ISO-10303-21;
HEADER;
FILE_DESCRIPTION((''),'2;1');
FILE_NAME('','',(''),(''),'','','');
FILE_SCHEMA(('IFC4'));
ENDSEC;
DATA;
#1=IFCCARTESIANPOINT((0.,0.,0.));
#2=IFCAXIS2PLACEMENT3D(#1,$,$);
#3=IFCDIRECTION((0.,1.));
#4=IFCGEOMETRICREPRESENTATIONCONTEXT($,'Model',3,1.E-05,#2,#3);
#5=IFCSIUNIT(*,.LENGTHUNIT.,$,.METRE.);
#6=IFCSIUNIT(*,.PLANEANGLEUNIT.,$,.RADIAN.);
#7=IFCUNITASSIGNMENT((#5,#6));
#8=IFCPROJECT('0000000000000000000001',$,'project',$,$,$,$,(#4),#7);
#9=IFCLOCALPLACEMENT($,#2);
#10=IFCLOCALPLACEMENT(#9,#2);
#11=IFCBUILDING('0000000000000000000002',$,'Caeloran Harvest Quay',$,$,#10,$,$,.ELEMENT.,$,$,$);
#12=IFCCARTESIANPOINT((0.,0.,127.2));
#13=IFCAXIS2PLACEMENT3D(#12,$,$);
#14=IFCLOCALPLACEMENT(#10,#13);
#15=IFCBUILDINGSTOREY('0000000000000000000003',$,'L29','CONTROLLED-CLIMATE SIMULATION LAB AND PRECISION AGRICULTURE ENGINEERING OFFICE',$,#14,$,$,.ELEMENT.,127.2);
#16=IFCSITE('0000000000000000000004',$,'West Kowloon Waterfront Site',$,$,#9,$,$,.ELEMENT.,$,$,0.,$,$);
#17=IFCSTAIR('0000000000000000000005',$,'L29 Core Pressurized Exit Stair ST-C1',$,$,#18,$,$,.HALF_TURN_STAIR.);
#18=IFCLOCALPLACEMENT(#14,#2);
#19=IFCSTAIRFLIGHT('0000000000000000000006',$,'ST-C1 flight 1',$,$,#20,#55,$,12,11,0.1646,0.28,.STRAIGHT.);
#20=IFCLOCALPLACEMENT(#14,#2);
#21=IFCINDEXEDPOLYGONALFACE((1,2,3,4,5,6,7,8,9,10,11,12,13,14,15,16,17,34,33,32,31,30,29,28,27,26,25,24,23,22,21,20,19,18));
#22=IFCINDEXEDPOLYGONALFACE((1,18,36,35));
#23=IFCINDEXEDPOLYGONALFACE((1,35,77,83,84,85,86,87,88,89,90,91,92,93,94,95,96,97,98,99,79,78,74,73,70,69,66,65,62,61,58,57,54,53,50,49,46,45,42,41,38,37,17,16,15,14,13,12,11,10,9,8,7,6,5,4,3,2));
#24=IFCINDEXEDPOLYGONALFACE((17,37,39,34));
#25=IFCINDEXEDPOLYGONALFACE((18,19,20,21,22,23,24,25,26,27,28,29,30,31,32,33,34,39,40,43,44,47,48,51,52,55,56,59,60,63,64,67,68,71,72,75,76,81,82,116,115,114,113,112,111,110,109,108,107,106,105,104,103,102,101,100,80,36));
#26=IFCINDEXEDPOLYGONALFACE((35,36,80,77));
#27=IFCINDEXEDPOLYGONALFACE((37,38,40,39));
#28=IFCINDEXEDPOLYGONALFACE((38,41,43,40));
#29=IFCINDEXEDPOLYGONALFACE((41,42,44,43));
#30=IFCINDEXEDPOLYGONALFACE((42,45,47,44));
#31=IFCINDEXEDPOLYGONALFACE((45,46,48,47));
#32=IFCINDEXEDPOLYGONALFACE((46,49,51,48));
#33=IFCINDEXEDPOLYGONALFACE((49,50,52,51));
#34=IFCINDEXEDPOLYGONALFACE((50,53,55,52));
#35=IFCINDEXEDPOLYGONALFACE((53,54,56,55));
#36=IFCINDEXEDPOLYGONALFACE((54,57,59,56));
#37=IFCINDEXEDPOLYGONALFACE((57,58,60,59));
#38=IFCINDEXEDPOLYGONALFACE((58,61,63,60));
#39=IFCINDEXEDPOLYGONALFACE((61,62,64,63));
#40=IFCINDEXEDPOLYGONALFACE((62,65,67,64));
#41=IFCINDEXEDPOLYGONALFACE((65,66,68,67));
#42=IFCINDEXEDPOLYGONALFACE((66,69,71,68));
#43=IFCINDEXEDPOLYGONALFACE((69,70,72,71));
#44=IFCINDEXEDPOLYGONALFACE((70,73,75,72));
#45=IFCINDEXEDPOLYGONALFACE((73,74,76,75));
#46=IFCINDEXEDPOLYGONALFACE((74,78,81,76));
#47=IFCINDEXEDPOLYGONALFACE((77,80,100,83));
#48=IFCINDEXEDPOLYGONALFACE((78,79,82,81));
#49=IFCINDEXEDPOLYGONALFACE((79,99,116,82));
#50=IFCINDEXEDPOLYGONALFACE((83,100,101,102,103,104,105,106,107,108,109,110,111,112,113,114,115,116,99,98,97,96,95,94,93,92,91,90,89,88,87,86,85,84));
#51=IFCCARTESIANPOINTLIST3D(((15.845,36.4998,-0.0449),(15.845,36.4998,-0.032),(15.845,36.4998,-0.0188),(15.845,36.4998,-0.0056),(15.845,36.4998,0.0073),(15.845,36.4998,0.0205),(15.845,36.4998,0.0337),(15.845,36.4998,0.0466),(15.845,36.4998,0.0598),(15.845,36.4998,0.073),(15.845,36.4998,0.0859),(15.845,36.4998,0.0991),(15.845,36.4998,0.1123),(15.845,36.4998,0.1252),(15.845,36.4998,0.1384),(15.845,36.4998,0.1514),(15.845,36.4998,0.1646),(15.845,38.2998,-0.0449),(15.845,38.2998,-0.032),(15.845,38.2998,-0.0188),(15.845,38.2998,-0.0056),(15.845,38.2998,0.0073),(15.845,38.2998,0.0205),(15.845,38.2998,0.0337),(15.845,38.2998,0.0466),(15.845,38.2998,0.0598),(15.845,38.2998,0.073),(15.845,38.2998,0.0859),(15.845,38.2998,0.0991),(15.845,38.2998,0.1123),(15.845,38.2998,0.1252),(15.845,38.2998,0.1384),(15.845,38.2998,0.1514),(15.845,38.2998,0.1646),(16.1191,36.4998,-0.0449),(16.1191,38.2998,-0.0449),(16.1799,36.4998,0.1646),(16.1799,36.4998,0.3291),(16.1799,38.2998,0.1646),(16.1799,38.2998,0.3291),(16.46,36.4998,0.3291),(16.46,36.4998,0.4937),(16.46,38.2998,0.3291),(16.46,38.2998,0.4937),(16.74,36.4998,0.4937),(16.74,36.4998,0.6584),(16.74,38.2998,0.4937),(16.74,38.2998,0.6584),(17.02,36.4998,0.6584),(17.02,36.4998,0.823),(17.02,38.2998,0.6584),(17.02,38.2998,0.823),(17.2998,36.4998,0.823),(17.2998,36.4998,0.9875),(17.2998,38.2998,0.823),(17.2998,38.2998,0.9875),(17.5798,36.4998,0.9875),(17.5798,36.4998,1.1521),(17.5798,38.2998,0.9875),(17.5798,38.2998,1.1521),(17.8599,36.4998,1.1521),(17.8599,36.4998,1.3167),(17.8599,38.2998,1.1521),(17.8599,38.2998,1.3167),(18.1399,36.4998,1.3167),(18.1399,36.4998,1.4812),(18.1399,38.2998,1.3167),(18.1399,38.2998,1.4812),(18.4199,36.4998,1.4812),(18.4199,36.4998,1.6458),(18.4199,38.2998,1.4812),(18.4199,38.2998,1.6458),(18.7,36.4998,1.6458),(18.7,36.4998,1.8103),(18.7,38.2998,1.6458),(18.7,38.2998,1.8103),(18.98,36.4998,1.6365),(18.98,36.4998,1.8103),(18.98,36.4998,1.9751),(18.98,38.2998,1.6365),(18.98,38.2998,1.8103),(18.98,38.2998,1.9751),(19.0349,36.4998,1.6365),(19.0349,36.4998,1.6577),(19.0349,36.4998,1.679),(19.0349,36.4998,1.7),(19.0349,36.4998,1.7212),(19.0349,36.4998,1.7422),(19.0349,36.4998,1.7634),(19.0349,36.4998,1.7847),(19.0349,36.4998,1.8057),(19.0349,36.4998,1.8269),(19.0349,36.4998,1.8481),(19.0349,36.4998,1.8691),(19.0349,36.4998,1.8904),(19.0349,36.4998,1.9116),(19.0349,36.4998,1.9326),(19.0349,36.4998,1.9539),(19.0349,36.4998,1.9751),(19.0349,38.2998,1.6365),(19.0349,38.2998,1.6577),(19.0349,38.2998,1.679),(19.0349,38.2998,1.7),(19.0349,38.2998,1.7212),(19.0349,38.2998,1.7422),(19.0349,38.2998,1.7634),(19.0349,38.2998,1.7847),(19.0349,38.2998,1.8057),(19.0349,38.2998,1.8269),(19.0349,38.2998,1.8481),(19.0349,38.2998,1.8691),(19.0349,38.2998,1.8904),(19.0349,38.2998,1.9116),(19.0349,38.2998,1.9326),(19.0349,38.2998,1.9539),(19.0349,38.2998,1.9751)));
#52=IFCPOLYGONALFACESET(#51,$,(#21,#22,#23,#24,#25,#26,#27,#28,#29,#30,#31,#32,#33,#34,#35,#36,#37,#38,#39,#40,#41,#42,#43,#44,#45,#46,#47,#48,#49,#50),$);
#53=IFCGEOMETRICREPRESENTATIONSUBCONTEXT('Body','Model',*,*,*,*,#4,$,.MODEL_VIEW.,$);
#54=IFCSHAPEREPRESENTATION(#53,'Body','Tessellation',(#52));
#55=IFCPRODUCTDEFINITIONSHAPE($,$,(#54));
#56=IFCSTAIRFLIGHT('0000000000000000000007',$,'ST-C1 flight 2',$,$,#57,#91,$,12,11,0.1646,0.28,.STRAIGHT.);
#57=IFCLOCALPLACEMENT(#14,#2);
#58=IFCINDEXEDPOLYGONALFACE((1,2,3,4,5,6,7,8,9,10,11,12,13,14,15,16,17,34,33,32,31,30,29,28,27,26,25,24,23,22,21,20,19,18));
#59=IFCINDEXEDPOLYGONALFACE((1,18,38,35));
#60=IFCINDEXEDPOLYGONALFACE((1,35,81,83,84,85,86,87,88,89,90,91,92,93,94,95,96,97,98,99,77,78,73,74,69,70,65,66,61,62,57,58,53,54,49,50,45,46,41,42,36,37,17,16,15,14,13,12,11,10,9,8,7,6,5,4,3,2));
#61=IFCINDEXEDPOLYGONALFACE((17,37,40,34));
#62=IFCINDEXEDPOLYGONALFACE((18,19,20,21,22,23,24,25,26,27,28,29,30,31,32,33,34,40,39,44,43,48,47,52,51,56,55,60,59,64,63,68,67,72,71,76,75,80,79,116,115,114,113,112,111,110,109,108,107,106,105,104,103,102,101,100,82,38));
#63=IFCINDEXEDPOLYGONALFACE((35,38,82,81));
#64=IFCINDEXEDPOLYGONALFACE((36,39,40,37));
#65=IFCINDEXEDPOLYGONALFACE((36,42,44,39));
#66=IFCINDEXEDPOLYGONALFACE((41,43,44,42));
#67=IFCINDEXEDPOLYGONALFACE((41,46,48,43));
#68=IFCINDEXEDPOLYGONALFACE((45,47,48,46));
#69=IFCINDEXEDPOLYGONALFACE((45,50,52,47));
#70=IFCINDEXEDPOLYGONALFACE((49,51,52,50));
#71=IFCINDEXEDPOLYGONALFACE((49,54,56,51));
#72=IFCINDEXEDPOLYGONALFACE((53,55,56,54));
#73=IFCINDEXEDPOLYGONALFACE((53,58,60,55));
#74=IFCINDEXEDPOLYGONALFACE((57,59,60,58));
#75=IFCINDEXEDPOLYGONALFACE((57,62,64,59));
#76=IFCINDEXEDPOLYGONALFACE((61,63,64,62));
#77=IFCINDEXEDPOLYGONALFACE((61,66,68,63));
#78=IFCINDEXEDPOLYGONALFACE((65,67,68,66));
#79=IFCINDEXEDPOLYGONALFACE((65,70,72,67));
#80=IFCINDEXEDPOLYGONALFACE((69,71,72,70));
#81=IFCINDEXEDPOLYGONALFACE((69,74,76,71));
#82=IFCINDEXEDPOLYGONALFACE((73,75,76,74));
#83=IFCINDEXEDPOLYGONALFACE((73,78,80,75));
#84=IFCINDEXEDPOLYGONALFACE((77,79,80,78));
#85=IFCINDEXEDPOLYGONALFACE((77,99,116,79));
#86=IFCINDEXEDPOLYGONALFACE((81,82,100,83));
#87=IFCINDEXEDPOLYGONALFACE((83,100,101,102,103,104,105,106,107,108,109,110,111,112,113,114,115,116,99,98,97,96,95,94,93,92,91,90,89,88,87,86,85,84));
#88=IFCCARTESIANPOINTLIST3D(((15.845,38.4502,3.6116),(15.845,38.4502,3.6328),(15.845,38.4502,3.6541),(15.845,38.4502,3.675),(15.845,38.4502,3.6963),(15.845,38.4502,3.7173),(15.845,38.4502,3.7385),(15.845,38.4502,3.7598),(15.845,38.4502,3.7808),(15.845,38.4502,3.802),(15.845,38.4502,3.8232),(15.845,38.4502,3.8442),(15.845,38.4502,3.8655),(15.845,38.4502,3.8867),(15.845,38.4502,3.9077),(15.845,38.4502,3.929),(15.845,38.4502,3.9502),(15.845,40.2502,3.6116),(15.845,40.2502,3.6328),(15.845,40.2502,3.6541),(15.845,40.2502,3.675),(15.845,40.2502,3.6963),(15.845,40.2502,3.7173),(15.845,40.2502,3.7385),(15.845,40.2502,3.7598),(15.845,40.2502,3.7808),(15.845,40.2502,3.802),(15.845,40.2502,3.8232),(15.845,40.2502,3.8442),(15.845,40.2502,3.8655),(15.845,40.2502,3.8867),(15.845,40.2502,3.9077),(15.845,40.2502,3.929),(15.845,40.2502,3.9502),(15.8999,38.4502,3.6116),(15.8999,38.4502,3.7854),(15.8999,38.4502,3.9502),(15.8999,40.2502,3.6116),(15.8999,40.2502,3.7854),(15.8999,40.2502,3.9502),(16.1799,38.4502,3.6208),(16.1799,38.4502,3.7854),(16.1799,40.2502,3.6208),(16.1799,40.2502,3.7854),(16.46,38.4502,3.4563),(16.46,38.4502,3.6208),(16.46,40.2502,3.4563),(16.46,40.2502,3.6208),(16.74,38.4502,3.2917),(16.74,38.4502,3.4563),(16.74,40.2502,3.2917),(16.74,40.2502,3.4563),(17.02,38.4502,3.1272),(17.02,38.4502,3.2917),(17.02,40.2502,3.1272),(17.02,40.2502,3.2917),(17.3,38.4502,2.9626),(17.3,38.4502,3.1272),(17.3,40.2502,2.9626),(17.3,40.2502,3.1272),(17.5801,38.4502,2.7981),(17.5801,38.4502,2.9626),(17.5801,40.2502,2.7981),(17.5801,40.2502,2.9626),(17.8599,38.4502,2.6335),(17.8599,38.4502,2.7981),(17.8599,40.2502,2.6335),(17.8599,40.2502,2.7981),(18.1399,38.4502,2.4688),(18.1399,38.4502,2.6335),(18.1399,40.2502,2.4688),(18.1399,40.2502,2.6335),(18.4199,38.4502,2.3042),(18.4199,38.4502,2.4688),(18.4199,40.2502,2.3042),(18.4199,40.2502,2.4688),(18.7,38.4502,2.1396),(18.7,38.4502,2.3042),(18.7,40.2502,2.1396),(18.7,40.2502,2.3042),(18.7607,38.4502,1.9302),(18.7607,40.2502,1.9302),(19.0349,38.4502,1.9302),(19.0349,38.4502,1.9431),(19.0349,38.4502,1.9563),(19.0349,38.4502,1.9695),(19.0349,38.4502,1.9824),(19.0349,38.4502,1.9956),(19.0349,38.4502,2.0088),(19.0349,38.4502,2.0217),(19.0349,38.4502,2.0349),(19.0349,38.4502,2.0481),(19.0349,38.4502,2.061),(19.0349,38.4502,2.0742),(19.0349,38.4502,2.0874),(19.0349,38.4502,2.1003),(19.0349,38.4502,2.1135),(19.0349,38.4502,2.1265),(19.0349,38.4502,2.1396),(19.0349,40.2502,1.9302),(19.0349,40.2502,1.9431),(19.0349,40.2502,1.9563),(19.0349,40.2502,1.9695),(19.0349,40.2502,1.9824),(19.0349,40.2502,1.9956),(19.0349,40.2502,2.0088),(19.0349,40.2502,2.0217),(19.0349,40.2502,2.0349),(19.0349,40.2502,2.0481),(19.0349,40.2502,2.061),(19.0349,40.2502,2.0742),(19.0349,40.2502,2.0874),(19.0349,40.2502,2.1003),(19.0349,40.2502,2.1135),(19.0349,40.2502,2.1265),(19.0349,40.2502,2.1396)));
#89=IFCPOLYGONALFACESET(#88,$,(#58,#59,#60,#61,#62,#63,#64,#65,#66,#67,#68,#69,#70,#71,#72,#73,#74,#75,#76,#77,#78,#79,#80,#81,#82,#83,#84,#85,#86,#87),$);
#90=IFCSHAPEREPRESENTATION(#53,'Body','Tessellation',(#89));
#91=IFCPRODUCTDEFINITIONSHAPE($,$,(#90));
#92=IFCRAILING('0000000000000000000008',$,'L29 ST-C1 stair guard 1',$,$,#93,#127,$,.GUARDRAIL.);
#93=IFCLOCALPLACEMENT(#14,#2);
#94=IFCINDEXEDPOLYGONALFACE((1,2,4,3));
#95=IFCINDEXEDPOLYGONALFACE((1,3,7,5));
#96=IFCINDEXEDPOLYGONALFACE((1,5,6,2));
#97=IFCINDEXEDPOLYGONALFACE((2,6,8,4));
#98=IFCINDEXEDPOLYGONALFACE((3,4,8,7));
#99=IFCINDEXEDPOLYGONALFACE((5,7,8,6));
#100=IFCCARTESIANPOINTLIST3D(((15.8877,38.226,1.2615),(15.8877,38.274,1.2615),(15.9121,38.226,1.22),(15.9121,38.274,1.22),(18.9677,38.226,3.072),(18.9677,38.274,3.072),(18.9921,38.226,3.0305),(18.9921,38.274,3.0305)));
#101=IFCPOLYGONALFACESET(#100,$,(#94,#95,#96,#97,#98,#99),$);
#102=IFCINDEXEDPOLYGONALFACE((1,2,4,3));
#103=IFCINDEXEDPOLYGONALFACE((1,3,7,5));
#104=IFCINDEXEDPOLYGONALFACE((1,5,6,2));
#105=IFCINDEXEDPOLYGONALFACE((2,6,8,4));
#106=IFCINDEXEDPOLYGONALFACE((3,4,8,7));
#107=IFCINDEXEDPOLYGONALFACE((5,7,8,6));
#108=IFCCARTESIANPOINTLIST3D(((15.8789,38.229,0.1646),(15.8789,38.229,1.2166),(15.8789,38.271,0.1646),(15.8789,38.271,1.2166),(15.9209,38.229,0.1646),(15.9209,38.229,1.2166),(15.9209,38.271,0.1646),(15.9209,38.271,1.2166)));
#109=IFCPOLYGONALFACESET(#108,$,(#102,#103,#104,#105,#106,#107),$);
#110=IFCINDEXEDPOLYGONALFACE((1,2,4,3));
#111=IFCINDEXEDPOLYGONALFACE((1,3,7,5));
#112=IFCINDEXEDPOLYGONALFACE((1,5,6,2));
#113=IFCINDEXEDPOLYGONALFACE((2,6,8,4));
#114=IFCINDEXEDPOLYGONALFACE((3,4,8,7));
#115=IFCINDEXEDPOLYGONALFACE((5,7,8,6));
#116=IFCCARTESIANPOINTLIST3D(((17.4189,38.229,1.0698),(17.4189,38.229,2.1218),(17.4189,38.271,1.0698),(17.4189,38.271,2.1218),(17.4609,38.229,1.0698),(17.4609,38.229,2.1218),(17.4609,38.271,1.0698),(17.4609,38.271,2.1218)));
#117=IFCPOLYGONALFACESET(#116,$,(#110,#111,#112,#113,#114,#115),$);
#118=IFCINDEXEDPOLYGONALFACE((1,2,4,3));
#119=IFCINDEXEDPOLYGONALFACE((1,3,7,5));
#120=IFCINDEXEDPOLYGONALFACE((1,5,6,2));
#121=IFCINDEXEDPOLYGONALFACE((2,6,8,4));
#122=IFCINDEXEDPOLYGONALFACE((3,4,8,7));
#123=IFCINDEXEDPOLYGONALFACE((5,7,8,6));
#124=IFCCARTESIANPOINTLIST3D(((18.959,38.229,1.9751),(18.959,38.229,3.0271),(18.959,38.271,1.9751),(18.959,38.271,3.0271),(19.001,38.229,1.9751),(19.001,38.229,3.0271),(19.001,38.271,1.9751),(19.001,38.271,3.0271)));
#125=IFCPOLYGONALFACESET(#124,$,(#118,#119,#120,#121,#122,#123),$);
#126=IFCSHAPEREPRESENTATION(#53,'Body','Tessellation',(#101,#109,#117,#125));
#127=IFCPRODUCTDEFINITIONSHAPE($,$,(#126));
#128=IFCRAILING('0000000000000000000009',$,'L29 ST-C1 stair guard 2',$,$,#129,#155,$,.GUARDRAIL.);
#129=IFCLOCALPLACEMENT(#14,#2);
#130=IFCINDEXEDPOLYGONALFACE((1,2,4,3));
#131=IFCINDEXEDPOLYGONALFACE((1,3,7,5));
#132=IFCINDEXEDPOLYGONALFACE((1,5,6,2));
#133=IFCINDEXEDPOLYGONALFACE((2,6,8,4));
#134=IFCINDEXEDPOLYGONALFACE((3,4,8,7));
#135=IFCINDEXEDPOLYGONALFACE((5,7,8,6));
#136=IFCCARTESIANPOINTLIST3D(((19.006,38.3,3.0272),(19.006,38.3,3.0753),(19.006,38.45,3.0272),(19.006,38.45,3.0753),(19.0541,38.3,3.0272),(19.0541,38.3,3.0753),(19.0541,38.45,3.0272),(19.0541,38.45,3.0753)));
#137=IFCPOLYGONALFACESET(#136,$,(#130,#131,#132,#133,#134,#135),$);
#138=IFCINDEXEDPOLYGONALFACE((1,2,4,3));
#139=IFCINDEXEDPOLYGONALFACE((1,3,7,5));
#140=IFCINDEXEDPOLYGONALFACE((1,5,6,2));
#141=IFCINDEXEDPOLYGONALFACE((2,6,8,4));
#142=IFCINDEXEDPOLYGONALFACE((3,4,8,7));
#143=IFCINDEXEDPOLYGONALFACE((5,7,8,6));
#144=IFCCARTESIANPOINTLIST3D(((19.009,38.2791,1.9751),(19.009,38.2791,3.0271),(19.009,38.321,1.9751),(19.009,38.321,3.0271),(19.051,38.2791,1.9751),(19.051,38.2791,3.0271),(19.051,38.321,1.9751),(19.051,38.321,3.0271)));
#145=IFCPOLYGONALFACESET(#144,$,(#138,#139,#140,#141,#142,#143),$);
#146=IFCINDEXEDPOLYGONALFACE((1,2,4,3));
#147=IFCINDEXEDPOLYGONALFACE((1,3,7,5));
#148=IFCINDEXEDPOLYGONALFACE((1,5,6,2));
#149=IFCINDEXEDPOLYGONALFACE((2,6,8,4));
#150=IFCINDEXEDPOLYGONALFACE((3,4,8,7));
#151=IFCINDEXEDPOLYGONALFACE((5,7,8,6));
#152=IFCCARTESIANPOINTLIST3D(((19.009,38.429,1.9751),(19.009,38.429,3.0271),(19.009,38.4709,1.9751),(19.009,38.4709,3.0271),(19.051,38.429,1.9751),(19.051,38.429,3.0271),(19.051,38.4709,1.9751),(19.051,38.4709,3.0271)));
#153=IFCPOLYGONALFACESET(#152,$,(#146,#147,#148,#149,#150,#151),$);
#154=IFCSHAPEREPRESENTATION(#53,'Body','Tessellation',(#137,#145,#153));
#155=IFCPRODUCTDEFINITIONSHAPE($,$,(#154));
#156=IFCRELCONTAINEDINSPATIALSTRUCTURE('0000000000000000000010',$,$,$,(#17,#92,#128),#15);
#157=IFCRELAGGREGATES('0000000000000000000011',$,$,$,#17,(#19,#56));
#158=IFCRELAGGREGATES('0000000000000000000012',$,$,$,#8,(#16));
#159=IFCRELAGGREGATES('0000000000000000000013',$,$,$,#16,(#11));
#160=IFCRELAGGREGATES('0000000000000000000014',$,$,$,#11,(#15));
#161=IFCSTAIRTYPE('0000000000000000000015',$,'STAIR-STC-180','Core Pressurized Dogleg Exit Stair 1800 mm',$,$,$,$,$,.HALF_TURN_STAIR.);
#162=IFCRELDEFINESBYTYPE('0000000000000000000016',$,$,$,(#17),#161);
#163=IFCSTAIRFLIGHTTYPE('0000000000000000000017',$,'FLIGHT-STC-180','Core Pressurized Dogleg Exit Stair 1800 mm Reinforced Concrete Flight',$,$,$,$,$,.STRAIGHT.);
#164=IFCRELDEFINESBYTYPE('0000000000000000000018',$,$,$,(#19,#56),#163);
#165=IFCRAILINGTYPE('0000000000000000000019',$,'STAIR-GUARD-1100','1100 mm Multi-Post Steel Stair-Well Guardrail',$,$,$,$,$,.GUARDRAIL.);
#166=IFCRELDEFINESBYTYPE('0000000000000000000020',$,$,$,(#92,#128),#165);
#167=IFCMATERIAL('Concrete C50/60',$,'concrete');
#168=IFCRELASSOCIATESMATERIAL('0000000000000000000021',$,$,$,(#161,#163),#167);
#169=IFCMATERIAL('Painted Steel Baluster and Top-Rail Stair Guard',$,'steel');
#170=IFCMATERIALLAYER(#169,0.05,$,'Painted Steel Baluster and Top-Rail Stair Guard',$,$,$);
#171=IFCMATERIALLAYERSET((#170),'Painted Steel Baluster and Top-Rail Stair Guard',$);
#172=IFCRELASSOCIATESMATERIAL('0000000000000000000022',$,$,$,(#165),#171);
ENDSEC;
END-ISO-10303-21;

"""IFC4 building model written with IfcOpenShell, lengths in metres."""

from ifc_helpers import new_model, si_unit, direction, frame, origin, origin_2d, place, context, subcontext, project, spatial, polyline, rectangle, outline, extrude, material, layer, layer_set, type_object, element, aggregate, save


model = new_model("IFC4")

# Units and contexts
model_context = context("Model", 3, precision=1e-05, world=origin(), true_north=direction((0.0, 1.0)))
body_context = subcontext(model_context, "Body", "Model", "MODEL_VIEW")
ifc_project = project(units=[si_unit("LENGTHUNIT", "METRE"), si_unit("PLANEANGLEUNIT", "RADIAN")], contexts=[model_context])

# Site, building, storey
site_placement = place(None, origin())
site = spatial("IfcSite", under=ifc_project, at=site_placement, Name="West Kowloon Waterfront Site", CompositionType="ELEMENT", RefElevation=0.0)
building_placement = place(site_placement, origin())
building = spatial("IfcBuilding", under=site, at=building_placement, Name="Caeloran Harvest Quay", CompositionType="ELEMENT")
storey_placement = place(building_placement, frame((0.0, 0.0, 127.2)))
storey = spatial("IfcBuildingStorey", under=building, at=storey_placement, Name="L29", Description="CONTROLLED-CLIMATE SIMULATION LAB AND PRECISION AGRICULTURE ENGINEERING OFFICE", CompositionType="ELEMENT", Elevation=127.2)

# Stair, stair flights
ifc_material_1 = material(Name="Concrete C50/60", Category="concrete")
stair_type = type_object("IfcStairType", Name="STAIR-STC-180", Description="Core Pressurized Dogleg Exit Stair 1800 mm", PredefinedType="HALF_TURN_STAIR", material=ifc_material_1)
stair_placement = place(storey_placement, origin())
stair = element("IfcStair", 1, at=stair_placement, inside=storey, type_object=stair_type, Name="L29 Core Pressurized Exit Stair ST-C1", PredefinedType="HALF_TURN_STAIR")
stair_flight_type = type_object("IfcStairFlightType", Name="FLIGHT-STC-180", Description="Core Pressurized Dogleg Exit Stair 1800 mm Reinforced Concrete Flight", PredefinedType="STRAIGHT", material=ifc_material_1)
stair_flight_1_placement = place(storey_placement, frame((15.8999, 37.3999, 0.0), z_axis=(0.0, 0.0, 1.0), x_axis=(1.0, 0.0, 0.0)))
stair_flight_1 = element("IfcStairFlight", 2, at=stair_flight_1_placement, type_object=stair_flight_type, Name="ST-C1 flight 1", NumberOfRisers=12, NumberOfTreads=11, PredefinedType="STRAIGHT", RiserHeight=0.1646, TreadLength=0.28, context=body_context, shape_type="SweptSolid", body=[
    extrude(outline(polyline([(-0.0549, -0.0449), (-0.0549, -0.032), (-0.0549, -0.0188), (-0.0549, -0.0056), (-0.0549, 0.0073), (-0.0549, 0.0205), (-0.0549, 0.0337), (-0.0549, 0.0466), (-0.0549, 0.0598), (-0.0549, 0.073), (-0.0549, 0.0859), (-0.0549, 0.0991), (-0.0549, 0.1123), (-0.0549, 0.1252), (-0.0549, 0.1384), (-0.0549, 0.1514), (-0.0549, 0.1646), (0.28, 0.1646), (0.28, 0.3291), (0.5601, 0.3291), (0.5601, 0.4937), (0.8401, 0.4937), (0.8401, 0.6584), (1.1201, 0.6584), (1.1201, 0.823), (1.3999, 0.823), (1.3999, 0.9875), (1.6799, 0.9875), (1.6799, 1.1521), (1.96, 1.1521), (1.96, 1.3167), (2.24, 1.3167), (2.24, 1.4812), (2.52, 1.4812), (2.52, 1.6458), (2.8, 1.6458), (2.8, 1.8103), (3.0801, 1.8103), (3.0801, 1.9751), (3.135, 1.9751), (3.135, 1.9539), (3.135, 1.9326), (3.135, 1.9116), (3.135, 1.8904), (3.135, 1.8691), (3.135, 1.8481), (3.135, 1.8269), (3.135, 1.8057), (3.135, 1.7847), (3.135, 1.7634), (3.135, 1.7422), (3.135, 1.7212), (3.135, 1.7), (3.135, 1.679), (3.135, 1.6577), (3.135, 1.6365), (3.0801, 1.6365), (0.2192, -0.0449), (-0.0549, -0.0449)])), frame((0.0, 0.8999, 0.0), z_axis=(0.0, -1.0, 0.0), x_axis=(1.0, 0.0, 0.0)), (0.0, 0.0, 1.0), 1.8),
])
stair_flight_2_placement = place(storey_placement, frame((18.98, 39.3501, 1.9751), z_axis=(0.0, 0.0, 1.0), x_axis=(-1.0, 0.0, 0.0)))
stair_flight_2 = element("IfcStairFlight", 3, at=stair_flight_2_placement, type_object=stair_flight_type, Name="ST-C1 flight 2", NumberOfRisers=12, NumberOfTreads=11, PredefinedType="STRAIGHT", RiserHeight=0.1646, TreadLength=0.28, context=body_context, shape_type="SweptSolid", body=[
    extrude(outline(polyline([(-0.0549, -0.0449), (-0.0549, -0.032), (-0.0549, -0.0188), (-0.0549, -0.0056), (-0.0549, 0.0073), (-0.0549, 0.0205), (-0.0549, 0.0337), (-0.0549, 0.0466), (-0.0549, 0.0598), (-0.0549, 0.073), (-0.0549, 0.0859), (-0.0549, 0.0991), (-0.0549, 0.1123), (-0.0549, 0.1252), (-0.0549, 0.1384), (-0.0549, 0.1514), (-0.0549, 0.1646), (0.28, 0.1646), (0.28, 0.3291), (0.5601, 0.3291), (0.5601, 0.4937), (0.8401, 0.4937), (0.8401, 0.6584), (1.1201, 0.6584), (1.1201, 0.823), (1.3999, 0.823), (1.3999, 0.9875), (1.6799, 0.9875), (1.6799, 1.1521), (1.96, 1.1521), (1.96, 1.3167), (2.24, 1.3167), (2.24, 1.4812), (2.52, 1.4812), (2.52, 1.6458), (2.8, 1.6458), (2.8, 1.8103), (3.0801, 1.8103), (3.0801, 1.9751), (3.135, 1.9751), (3.135, 1.9539), (3.135, 1.9326), (3.135, 1.9116), (3.135, 1.8904), (3.135, 1.8691), (3.135, 1.8481), (3.135, 1.8269), (3.135, 1.8057), (3.135, 1.7847), (3.135, 1.7634), (3.135, 1.7422), (3.135, 1.7212), (3.135, 1.7), (3.135, 1.679), (3.135, 1.6577), (3.135, 1.6365), (3.0801, 1.6365), (0.2192, -0.0449), (-0.0549, -0.0449)])), frame((0.0, 0.8999, 0.0), z_axis=(0.0, -1.0, 0.0), x_axis=(1.0, 0.0, 0.0)), (0.0, 0.0, 1.0), 1.8),
])
aggregate(stair, [stair_flight_1, stair_flight_2])

# Railings
ifc_material_2 = material(Name="Painted Steel Baluster and Top-Rail Stair Guard", Category="steel")
ifc_layer_1 = layer(ifc_material_2, 0.05, Name="Painted Steel Baluster and Top-Rail Stair Guard")
ifc_layer_set_1 = layer_set([ifc_layer_1], Name="Painted Steel Baluster and Top-Rail Stair Guard")
railing_type_1 = type_object("IfcRailingType", Name="STAIR-GUARD-1100", Description="1100 mm Multi-Post Steel Stair-Well Guardrail", PredefinedType="GUARDRAIL", material=ifc_layer_set_1)
railing_1_placement = place(storey_placement, frame((15.8999, 38.25, 0.1646)))
element("IfcRailing", 4, at=railing_1_placement, inside=storey, type_object=railing_type_1, Name="L29 ST-C1 stair guard 1", PredefinedType="GUARDRAIL", context=body_context, shape_type="SweptSolid", body=[
    extrude(rectangle(XDim=0.0481, YDim=0.0481, at=origin_2d()), frame((0.0, 0.0, 1.0762), z_axis=(0.862089, 0.0, 0.506757), x_axis=(0.0, 1.0, 0.0)), (0.0, 0.0, 1.0), 3.5728),
    extrude(rectangle(XDim=0.042, YDim=0.042, at=origin_2d()), origin(), (0.0, 0.0, 1.0), 1.052),
    extrude(rectangle(XDim=0.042, YDim=0.042, at=origin_2d()), frame((1.54, 0.0, 0.9053)), (0.0, 0.0, 1.0), 1.052),
    extrude(rectangle(XDim=0.042, YDim=0.042, at=origin_2d()), frame((3.0801, 0.0, 1.8105)), (0.0, 0.0, 1.0), 1.052),
])
railing_2_placement = place(storey_placement, frame((19.03, 38.3, 1.9751)))
element("IfcRailing", 5, at=railing_2_placement, inside=storey, type_object=railing_type_1, Name="L29 ST-C1 stair guard 2", PredefinedType="GUARDRAIL", context=body_context, shape_type="SweptSolid", body=[
    extrude(rectangle(XDim=0.0481, YDim=0.0481, at=origin_2d()), frame((0.0, 0.0, 1.0762), z_axis=(0.0, 1.0, 0.0), x_axis=(-1.0, 0.0, 0.0)), (0.0, 0.0, 1.0), 0.1499),
    extrude(rectangle(XDim=0.042, YDim=0.042, at=origin_2d()), origin(), (0.0, 0.0, 1.0), 1.052),
    extrude(rectangle(XDim=0.042, YDim=0.042, at=origin_2d()), frame((0.0, 0.1499, 0.0)), (0.0, 0.0, 1.0), 1.052),
])

save(model, "model.ifc")
